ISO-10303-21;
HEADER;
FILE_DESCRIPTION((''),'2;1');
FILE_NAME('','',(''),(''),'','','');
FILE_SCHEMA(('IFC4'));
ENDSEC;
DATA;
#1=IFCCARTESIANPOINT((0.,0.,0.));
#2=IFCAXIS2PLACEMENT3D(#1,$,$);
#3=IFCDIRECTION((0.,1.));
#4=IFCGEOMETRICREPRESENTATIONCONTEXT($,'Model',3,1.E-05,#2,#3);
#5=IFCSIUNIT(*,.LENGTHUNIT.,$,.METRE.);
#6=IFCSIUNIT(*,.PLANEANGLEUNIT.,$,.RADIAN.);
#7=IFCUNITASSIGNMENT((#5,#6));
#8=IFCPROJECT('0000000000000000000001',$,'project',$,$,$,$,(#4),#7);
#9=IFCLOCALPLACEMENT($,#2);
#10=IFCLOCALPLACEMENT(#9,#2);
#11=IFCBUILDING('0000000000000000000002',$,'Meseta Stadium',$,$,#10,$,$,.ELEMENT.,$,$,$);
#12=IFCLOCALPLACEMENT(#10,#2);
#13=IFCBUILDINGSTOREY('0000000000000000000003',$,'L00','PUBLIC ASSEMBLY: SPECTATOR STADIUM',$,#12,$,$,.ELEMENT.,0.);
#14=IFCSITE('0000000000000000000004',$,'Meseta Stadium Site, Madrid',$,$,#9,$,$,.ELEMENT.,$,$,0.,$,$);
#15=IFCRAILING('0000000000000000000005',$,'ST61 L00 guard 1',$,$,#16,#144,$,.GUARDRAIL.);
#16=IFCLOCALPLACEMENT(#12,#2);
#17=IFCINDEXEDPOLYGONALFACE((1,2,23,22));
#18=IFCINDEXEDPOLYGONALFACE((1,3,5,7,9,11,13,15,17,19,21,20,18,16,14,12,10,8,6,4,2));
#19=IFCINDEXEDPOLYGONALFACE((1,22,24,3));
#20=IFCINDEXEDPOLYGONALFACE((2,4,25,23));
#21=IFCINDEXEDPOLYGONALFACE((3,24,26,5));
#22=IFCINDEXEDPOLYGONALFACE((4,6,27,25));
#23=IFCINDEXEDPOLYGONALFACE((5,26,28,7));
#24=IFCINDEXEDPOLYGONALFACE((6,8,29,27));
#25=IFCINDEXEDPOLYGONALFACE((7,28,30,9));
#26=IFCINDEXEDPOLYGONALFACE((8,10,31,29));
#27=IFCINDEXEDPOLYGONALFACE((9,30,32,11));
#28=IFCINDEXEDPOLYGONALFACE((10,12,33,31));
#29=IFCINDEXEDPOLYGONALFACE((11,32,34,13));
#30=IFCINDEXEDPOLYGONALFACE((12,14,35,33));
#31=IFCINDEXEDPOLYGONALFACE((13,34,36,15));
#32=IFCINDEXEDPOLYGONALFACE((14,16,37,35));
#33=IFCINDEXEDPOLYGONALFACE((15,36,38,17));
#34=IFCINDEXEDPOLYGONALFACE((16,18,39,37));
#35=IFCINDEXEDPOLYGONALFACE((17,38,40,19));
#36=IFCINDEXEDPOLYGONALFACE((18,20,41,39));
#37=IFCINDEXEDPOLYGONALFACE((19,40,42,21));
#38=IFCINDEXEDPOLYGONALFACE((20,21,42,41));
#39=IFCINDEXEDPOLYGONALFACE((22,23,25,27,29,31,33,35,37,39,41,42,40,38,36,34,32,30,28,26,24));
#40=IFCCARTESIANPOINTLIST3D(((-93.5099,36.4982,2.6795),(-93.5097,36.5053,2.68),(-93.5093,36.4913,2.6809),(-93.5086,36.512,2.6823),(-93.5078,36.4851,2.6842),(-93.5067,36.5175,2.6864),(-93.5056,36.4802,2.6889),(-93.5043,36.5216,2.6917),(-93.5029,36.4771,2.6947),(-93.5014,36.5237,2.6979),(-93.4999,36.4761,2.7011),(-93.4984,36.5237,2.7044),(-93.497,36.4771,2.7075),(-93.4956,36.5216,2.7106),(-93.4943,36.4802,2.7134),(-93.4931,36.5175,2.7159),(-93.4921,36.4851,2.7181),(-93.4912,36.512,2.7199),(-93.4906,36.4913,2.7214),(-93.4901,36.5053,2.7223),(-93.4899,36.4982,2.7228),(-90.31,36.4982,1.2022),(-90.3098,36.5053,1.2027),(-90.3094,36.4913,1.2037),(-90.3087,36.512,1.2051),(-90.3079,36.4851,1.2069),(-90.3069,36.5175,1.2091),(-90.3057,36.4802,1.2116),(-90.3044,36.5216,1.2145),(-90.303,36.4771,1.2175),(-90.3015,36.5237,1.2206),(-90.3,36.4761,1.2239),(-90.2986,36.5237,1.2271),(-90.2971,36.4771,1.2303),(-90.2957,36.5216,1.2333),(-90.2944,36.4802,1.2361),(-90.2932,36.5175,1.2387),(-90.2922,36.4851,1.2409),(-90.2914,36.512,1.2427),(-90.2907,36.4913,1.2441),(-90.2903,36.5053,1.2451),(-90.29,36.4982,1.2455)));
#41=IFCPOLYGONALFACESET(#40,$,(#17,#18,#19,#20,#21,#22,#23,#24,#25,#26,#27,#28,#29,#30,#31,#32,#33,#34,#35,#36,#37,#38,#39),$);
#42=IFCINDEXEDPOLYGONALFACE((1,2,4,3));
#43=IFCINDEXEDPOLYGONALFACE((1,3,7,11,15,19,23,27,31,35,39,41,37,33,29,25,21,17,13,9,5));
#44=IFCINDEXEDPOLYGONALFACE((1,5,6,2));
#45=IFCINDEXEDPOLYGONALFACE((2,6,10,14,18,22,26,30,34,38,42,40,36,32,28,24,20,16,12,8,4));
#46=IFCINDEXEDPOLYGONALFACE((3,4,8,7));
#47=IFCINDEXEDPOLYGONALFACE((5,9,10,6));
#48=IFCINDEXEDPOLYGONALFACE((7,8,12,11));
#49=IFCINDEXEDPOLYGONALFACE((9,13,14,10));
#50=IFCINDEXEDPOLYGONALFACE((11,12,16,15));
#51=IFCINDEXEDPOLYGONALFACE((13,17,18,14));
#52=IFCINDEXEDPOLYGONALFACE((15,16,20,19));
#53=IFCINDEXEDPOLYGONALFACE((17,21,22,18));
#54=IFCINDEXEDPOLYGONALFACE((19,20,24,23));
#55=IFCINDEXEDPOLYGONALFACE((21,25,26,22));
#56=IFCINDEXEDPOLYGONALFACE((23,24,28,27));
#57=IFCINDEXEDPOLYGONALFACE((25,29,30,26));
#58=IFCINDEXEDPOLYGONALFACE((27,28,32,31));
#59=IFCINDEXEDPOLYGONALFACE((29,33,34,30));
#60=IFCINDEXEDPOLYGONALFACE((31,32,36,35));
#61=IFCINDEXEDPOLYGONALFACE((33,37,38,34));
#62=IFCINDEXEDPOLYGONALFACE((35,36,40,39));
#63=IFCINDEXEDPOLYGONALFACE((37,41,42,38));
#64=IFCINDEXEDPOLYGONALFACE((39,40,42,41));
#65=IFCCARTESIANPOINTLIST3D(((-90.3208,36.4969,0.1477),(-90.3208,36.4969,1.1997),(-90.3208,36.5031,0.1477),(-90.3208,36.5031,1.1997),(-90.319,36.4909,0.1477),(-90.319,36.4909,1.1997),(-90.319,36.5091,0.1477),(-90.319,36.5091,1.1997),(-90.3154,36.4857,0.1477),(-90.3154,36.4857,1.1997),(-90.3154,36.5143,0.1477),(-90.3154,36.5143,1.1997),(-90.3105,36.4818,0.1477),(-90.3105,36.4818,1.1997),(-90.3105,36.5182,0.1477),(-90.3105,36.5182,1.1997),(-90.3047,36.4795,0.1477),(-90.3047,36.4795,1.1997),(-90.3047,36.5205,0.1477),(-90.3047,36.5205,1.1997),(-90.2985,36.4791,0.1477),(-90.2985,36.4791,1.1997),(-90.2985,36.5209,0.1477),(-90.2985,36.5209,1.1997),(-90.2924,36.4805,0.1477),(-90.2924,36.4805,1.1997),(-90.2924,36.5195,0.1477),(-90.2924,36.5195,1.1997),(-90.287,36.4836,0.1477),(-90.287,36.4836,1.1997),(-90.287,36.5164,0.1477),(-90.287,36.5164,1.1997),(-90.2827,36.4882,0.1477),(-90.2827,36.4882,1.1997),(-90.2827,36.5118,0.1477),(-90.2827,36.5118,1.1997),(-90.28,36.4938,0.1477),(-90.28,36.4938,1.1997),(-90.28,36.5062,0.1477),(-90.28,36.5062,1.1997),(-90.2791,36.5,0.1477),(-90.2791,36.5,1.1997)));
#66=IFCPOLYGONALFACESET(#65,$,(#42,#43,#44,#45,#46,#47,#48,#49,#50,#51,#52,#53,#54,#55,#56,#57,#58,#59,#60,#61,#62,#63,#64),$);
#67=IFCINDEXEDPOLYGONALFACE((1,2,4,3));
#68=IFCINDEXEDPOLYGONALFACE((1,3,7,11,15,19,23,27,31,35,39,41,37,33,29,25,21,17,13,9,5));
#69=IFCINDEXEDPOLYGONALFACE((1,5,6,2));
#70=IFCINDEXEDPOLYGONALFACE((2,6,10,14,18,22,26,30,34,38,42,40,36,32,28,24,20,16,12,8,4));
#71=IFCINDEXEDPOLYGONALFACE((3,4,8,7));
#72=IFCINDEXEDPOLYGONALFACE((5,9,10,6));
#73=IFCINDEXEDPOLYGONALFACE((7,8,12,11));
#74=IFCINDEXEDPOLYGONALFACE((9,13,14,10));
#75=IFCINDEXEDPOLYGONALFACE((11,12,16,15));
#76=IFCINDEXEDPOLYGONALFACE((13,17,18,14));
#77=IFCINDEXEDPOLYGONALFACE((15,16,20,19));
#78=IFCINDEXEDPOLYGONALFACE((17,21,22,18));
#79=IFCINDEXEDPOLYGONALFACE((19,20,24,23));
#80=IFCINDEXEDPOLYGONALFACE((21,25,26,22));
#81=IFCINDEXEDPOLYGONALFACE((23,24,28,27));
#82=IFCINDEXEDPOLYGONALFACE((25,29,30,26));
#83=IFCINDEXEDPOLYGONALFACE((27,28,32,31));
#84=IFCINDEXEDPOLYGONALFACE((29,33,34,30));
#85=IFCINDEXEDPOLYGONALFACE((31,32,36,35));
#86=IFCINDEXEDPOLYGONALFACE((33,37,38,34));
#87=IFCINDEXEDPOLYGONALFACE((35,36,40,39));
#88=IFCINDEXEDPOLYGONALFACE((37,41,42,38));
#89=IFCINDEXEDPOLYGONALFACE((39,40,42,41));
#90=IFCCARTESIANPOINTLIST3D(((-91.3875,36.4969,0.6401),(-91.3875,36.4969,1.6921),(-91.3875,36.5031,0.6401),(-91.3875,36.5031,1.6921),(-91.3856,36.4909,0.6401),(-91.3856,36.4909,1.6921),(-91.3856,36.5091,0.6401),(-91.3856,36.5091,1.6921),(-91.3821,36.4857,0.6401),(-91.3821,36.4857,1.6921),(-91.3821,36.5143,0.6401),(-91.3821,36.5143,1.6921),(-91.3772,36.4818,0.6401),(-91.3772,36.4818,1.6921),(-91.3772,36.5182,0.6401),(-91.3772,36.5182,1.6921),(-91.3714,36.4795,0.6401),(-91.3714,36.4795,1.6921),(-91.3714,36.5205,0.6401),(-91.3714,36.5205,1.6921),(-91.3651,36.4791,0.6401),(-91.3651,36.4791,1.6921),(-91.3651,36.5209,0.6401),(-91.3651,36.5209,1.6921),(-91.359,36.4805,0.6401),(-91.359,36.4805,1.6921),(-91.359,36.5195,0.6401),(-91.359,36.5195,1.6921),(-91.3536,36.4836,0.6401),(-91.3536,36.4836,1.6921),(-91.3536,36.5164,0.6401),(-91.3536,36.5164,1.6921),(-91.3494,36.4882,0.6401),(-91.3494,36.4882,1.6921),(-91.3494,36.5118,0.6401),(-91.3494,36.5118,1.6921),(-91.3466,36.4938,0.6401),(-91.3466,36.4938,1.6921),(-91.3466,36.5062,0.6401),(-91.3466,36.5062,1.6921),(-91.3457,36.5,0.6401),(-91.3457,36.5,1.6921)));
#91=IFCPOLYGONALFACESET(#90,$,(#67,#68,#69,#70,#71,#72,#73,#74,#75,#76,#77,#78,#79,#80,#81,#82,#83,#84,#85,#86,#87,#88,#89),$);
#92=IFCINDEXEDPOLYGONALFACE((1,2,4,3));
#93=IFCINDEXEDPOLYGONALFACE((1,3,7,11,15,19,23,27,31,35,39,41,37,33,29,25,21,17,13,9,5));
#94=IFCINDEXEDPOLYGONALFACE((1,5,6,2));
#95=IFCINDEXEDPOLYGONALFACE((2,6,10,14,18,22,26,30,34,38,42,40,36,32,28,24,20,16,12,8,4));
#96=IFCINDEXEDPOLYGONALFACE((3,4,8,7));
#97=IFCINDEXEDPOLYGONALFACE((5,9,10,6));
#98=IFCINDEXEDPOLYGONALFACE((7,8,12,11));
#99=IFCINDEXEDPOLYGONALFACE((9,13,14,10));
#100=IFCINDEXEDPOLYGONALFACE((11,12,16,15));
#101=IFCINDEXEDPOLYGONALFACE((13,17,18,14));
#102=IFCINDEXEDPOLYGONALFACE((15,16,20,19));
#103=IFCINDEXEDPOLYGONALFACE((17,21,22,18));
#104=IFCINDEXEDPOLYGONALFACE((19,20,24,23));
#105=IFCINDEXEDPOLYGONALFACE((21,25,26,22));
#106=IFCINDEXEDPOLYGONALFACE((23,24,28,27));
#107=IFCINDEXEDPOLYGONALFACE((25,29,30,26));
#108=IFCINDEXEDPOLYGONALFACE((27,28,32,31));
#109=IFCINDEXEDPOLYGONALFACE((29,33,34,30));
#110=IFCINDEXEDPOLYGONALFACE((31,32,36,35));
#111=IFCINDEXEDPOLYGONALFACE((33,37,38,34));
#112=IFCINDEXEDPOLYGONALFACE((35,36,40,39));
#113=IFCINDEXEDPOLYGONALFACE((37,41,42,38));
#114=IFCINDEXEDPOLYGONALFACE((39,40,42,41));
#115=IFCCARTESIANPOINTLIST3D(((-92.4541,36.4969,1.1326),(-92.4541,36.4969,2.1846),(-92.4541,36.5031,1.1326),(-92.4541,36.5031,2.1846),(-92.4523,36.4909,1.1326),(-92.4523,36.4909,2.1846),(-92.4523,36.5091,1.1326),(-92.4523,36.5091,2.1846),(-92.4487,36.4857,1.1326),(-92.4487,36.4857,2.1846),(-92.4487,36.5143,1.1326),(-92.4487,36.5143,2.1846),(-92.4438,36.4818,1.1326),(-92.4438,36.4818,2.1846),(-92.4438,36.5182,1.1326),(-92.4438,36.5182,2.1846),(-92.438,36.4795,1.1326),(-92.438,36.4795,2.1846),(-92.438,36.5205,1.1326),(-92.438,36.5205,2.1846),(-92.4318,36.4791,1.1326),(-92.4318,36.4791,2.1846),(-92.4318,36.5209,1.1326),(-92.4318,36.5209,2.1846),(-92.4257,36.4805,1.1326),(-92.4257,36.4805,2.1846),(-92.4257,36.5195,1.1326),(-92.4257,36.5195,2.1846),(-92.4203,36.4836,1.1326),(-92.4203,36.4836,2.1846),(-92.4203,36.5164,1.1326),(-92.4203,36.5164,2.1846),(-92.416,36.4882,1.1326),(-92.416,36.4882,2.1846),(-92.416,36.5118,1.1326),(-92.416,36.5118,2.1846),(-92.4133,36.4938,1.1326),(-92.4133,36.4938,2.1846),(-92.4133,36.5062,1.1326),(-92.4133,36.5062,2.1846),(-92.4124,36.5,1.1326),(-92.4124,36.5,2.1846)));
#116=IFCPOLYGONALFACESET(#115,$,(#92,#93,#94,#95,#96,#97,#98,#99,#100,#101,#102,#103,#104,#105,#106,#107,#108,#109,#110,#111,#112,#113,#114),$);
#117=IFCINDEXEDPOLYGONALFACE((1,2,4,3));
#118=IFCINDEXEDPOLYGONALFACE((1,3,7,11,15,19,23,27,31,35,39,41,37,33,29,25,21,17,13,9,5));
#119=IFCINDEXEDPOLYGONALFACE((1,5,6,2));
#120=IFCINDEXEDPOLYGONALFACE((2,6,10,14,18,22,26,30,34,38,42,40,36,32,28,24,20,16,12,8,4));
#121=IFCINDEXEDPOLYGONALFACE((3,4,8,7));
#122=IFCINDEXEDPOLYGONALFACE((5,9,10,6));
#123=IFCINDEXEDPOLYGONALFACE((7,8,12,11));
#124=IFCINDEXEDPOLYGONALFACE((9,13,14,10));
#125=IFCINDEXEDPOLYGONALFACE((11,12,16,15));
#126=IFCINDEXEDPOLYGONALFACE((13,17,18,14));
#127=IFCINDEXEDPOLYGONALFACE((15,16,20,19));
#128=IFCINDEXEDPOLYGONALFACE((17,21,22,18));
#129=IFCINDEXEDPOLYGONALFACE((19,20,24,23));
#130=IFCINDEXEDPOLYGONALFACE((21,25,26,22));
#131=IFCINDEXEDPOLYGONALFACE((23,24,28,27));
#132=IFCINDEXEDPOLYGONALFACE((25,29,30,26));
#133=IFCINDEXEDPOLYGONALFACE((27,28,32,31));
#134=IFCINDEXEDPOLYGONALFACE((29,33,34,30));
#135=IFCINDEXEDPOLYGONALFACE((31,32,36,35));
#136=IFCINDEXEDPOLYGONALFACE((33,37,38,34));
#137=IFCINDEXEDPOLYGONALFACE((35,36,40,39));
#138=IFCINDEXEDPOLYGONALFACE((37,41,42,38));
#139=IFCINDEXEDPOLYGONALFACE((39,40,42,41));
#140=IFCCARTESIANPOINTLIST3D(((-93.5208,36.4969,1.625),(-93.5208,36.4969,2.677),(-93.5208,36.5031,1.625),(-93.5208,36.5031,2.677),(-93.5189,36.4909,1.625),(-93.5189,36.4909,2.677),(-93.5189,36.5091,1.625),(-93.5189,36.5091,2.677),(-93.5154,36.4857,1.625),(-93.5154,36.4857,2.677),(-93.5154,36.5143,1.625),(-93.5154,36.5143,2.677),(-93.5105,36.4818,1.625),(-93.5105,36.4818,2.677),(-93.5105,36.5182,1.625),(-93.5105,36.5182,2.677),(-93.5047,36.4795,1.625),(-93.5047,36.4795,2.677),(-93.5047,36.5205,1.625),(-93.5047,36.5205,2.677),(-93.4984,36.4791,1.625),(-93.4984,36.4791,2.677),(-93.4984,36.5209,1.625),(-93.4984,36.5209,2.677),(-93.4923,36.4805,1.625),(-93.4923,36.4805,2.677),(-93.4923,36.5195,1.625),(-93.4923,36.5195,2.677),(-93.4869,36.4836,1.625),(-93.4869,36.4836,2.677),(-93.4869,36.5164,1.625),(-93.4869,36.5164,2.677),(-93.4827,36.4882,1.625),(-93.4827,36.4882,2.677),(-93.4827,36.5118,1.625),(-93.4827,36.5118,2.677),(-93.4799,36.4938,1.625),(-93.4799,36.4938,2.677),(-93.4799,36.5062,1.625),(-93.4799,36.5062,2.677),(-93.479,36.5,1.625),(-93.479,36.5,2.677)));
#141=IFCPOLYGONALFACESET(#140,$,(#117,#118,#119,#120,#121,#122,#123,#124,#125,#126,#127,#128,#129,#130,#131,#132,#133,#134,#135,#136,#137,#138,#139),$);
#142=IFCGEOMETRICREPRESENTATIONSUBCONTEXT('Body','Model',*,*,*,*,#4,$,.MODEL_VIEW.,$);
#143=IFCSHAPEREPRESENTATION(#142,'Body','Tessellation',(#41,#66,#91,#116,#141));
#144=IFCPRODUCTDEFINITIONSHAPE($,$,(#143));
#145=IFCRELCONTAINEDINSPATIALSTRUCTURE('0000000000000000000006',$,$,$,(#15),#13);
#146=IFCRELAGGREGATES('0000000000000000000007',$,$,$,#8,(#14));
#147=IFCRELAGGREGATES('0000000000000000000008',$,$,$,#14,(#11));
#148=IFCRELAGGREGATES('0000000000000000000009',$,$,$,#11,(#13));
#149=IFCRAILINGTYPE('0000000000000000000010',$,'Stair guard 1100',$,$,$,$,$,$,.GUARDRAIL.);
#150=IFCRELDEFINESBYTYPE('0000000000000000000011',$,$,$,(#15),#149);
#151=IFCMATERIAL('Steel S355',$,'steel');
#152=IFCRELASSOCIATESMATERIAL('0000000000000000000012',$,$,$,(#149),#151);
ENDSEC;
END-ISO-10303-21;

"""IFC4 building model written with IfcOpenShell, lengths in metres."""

from ifc_helpers import new_model, si_unit, direction, frame, origin, origin_2d, place, context, subcontext, project, spatial, circle, extrude, material, type_object, element, save


model = new_model("IFC4")

# Units and contexts
model_context = context("Model", 3, precision=1e-05, world=origin(), true_north=direction((0.0, 1.0)))
body_context = subcontext(model_context, "Body", "Model", "MODEL_VIEW")
ifc_project = project(units=[si_unit("LENGTHUNIT", "METRE"), si_unit("PLANEANGLEUNIT", "RADIAN")], contexts=[model_context])

# Site, building, storey
site_placement = place(None, origin())
site = spatial("IfcSite", under=ifc_project, at=site_placement, Name="Meseta Stadium Site, Madrid", CompositionType="ELEMENT", RefElevation=0.0)
building_placement = place(site_placement, origin())
building = spatial("IfcBuilding", under=site, at=building_placement, Name="Meseta Stadium", CompositionType="ELEMENT")
storey_placement = place(building_placement, origin())
storey = spatial("IfcBuildingStorey", under=building, at=storey_placement, Name="L00", Description="PUBLIC ASSEMBLY: SPECTATOR STADIUM", CompositionType="ELEMENT", Elevation=0.0)

# Railing
ifc_material_1 = material(Name="Steel S355", Category="steel")
railing_type_1 = type_object("IfcRailingType", Name="Stair guard 1100", PredefinedType="GUARDRAIL", material=ifc_material_1)
railing_1_placement = place(storey_placement, frame((-90.3, 36.5, 0.1477)))
element("IfcRailing", 1, at=railing_1_placement, inside=storey, type_object=railing_type_1, Name="ST61 L00 guard 1", PredefinedType="GUARDRAIL", context=body_context, shape_type="SweptSolid", body=[
    extrude(circle(Radius=0.0239, at=origin_2d()), frame((0.0, 0.0, 1.0762), z_axis=(-0.907917, 0.0, 0.41915), x_axis=(0.0, -1.0, 0.0)), (0.0, 0.0, 1.0), 3.5244),
    extrude(circle(Radius=0.021, at=origin_2d()), origin(), (0.0, 0.0, 1.0), 1.052),
    extrude(circle(Radius=0.021, at=origin_2d()), frame((-1.0667, 0.0, 0.4924)), (0.0, 0.0, 1.0), 1.052),
    extrude(circle(Radius=0.021, at=origin_2d()), frame((-2.1333, 0.0, 0.9849)), (0.0, 0.0, 1.0), 1.052),
    extrude(circle(Radius=0.021, at=origin_2d()), frame((-3.2, 0.0, 1.4773)), (0.0, 0.0, 1.0), 1.052),
])

save(model, "model.ifc")
